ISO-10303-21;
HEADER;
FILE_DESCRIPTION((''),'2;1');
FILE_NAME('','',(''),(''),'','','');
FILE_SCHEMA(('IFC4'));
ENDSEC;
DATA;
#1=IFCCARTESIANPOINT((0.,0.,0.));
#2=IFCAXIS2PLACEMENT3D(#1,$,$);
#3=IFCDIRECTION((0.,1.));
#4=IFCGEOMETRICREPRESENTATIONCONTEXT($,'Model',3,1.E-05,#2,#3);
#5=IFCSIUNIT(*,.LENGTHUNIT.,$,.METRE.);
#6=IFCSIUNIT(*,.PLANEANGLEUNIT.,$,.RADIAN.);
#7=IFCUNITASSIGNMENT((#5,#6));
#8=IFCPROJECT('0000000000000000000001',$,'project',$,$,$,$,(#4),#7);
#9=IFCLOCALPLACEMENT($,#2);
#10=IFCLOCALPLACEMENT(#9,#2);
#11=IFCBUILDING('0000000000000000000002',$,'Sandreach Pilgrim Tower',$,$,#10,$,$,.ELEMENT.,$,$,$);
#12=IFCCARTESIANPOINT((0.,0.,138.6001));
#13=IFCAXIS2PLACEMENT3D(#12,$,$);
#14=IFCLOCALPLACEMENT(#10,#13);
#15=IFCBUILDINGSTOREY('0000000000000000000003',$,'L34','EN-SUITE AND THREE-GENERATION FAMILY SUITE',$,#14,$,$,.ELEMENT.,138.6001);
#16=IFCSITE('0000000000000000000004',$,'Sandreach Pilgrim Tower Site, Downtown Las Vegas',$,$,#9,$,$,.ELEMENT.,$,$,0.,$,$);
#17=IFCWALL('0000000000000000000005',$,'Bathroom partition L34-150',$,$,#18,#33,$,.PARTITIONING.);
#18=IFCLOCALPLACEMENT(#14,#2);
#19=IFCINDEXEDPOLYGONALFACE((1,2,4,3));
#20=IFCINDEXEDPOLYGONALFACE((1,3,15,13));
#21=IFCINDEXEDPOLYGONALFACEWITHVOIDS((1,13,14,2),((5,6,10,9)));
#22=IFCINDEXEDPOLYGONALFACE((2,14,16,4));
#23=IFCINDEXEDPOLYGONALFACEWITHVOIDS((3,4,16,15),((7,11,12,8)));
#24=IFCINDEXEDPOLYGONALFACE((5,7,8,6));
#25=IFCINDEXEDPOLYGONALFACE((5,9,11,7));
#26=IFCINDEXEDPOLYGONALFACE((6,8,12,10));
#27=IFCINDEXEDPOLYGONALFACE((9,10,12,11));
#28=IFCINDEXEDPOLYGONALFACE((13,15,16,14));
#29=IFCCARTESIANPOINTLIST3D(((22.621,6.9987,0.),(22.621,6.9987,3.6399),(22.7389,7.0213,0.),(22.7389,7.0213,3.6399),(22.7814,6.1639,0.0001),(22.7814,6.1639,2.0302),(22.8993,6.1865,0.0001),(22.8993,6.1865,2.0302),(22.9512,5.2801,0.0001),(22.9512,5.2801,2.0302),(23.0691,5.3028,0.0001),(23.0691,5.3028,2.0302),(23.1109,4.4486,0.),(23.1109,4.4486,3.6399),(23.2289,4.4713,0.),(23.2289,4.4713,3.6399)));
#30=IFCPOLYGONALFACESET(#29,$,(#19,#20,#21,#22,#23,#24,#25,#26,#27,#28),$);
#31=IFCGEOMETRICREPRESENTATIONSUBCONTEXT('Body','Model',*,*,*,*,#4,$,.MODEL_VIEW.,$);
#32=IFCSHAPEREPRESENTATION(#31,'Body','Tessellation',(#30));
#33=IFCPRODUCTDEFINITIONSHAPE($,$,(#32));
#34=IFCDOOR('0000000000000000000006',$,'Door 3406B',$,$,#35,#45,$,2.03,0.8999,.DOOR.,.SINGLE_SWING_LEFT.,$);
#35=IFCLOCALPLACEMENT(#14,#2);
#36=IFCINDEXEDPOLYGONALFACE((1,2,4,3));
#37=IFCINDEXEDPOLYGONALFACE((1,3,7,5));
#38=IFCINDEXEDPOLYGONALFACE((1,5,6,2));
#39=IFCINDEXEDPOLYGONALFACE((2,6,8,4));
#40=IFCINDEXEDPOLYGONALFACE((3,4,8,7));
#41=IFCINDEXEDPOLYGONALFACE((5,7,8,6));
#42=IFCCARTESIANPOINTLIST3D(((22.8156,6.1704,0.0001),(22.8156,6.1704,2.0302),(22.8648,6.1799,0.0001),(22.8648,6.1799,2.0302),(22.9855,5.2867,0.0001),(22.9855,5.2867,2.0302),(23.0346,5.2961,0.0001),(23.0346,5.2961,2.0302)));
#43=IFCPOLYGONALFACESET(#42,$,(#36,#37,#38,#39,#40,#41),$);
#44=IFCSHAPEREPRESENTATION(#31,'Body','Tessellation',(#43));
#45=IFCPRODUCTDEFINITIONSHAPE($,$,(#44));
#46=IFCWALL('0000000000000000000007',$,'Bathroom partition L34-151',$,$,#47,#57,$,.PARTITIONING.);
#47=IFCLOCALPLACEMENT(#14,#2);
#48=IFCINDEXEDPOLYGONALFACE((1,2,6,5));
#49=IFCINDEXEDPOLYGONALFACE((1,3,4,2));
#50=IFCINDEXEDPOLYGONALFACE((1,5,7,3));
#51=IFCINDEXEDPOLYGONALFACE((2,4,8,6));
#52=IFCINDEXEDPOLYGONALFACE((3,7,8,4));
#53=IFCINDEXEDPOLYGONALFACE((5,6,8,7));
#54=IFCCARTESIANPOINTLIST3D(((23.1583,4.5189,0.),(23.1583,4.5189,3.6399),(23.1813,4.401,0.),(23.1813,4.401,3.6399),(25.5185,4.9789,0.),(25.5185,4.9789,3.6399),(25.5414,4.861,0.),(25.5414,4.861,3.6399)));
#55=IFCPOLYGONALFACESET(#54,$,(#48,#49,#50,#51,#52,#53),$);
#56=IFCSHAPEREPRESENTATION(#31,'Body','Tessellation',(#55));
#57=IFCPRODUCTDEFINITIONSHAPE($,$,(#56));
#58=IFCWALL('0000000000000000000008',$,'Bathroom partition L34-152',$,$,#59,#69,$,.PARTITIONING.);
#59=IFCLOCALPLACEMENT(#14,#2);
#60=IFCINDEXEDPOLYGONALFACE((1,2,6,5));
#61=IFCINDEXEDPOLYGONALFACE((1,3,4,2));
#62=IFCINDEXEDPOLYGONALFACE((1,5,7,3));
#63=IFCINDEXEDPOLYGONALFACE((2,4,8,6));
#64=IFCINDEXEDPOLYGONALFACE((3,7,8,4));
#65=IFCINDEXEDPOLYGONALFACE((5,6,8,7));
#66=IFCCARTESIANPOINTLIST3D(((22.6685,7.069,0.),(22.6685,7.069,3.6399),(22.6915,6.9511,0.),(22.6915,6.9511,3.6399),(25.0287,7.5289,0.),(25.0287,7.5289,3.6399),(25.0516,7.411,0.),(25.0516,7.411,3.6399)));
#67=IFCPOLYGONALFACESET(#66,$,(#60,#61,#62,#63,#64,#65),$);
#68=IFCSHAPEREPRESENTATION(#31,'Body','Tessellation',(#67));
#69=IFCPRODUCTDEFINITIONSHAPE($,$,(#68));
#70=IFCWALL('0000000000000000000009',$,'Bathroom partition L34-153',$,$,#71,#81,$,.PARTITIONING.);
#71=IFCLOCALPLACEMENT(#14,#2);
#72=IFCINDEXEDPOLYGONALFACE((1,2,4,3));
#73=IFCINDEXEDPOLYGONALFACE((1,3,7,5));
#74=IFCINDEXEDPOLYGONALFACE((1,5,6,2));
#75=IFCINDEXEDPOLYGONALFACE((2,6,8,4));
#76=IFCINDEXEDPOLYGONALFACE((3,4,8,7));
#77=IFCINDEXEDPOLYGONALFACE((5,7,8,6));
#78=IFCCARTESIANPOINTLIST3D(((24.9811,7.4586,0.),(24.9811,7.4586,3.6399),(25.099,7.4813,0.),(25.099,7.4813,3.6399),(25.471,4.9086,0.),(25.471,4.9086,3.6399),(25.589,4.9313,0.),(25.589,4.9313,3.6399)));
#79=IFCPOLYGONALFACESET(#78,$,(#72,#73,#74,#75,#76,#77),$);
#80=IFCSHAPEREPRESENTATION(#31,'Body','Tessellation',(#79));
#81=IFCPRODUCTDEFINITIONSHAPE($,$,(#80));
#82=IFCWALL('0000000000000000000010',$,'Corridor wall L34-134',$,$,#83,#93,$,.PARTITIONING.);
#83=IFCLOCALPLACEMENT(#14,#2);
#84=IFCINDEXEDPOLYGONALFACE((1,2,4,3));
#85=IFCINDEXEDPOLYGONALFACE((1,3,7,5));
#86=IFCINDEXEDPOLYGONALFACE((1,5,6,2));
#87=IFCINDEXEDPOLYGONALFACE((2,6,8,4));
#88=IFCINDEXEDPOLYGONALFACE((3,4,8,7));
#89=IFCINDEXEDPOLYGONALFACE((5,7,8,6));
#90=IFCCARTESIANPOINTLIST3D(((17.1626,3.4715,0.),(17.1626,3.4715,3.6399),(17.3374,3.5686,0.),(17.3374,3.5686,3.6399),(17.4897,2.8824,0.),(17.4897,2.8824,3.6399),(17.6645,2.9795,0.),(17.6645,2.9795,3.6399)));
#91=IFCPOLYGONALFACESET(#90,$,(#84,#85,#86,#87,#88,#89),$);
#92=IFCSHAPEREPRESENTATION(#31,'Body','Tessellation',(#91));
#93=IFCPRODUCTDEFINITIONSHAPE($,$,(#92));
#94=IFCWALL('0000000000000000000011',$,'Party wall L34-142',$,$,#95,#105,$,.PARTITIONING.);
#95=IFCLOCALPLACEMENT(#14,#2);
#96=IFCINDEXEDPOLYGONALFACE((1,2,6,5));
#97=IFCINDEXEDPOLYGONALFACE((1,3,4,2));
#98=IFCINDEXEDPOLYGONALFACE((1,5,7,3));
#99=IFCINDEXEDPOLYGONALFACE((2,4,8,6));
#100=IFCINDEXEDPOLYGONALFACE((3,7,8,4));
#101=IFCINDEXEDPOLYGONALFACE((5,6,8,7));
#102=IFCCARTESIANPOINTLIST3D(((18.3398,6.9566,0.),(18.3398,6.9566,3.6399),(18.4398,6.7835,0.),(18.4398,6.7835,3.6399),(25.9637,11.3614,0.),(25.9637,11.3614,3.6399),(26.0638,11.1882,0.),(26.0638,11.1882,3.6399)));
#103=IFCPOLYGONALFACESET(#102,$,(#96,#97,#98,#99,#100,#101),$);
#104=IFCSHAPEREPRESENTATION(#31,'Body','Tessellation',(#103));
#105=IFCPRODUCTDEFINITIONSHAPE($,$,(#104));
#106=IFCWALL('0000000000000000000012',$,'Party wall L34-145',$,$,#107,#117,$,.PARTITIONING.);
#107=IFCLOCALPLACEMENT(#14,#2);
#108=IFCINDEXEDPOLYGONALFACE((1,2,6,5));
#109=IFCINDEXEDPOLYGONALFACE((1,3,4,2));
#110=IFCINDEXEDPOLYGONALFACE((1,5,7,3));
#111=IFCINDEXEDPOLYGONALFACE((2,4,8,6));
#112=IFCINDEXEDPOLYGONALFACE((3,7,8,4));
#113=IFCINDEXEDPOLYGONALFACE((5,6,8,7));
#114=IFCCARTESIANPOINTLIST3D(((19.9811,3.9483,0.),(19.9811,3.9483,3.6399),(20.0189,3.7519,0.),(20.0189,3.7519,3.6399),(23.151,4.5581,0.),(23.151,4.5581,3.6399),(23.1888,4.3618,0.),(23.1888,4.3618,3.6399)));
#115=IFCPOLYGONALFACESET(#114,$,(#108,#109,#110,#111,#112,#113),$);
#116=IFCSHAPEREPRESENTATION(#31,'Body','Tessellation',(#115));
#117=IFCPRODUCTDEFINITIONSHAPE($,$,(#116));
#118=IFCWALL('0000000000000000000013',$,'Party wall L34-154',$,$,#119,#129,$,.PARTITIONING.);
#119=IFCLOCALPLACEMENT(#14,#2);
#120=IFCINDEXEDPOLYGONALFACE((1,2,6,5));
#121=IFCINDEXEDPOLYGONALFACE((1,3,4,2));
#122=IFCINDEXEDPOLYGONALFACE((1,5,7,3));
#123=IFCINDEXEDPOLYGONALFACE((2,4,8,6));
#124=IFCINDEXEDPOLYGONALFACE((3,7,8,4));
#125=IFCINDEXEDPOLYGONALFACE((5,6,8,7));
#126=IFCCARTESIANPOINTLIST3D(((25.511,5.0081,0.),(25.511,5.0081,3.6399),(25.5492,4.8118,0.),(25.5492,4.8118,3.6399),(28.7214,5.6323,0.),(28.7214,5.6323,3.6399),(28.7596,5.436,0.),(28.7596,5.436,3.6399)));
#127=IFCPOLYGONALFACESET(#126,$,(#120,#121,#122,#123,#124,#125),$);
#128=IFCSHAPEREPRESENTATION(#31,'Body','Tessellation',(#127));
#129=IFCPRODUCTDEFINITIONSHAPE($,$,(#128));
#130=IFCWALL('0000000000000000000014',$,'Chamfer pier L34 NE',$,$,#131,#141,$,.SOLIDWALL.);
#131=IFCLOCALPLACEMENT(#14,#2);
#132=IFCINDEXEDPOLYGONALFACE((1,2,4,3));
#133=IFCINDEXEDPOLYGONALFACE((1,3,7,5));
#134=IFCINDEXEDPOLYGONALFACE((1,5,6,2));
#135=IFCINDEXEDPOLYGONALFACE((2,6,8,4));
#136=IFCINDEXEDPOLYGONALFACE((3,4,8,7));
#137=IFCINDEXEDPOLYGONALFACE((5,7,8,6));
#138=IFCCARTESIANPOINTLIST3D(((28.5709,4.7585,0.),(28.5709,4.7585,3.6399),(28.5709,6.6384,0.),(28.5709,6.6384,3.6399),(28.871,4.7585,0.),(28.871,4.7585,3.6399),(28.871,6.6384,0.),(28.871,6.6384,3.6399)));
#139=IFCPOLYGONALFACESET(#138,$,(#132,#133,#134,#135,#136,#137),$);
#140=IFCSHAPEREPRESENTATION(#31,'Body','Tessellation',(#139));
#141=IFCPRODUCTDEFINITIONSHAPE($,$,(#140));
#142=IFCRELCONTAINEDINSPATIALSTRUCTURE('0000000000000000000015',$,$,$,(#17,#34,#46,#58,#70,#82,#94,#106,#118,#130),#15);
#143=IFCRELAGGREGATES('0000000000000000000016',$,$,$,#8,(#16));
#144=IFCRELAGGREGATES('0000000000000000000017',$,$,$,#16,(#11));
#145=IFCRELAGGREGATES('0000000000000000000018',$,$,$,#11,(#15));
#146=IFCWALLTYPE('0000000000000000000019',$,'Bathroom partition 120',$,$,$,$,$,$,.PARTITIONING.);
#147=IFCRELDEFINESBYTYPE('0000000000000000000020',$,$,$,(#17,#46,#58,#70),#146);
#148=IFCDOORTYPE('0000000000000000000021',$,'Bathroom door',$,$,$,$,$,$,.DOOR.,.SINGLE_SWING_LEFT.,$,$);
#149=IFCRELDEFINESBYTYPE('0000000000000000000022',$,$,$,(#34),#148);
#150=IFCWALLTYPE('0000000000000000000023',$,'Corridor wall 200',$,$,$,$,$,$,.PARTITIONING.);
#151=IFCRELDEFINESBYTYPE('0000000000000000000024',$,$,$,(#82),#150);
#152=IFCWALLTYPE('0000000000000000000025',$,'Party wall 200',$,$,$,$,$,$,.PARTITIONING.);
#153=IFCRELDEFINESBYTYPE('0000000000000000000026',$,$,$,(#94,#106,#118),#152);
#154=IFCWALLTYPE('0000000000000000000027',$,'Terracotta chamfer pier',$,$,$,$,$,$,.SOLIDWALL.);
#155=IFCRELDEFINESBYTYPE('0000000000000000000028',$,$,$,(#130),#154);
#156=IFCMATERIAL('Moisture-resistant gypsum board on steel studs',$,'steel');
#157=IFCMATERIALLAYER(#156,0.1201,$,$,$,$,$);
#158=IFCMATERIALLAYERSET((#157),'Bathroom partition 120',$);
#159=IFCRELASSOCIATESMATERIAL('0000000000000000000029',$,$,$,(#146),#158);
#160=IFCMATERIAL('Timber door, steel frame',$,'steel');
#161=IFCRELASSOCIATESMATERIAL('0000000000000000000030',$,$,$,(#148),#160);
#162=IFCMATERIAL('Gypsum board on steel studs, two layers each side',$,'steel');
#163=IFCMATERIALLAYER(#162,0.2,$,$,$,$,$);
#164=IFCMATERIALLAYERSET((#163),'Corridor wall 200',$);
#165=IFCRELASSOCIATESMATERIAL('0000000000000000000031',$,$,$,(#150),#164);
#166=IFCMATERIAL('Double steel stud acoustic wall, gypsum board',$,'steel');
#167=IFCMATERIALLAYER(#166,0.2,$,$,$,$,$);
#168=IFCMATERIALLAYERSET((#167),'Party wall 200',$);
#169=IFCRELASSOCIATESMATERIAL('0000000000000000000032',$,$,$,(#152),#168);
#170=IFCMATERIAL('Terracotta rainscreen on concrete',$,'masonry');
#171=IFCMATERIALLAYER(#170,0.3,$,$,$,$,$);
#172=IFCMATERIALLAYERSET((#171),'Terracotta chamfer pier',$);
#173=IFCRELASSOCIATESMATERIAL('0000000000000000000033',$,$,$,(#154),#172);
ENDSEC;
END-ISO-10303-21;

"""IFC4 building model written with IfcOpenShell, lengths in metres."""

from ifc_helpers import new_model, si_unit, direction, frame, frame_2d, origin, place, context, subcontext, project, spatial, rectangle, extrude, material, layer, layer_set, type_object, element, fill, save


model = new_model("IFC4")

# Units and contexts
model_context = context("Model", 3, precision=1e-05, world=origin(), true_north=direction((0.0, 1.0)))
body_context = subcontext(model_context, "Body", "Model", "MODEL_VIEW")
ifc_project = project(units=[si_unit("LENGTHUNIT", "METRE"), si_unit("PLANEANGLEUNIT", "RADIAN")], contexts=[model_context])

# Site, building, storey
site_placement = place(None, origin())
site = spatial("IfcSite", under=ifc_project, at=site_placement, Name="Sandreach Pilgrim Tower Site, Downtown Las Vegas", CompositionType="ELEMENT", RefElevation=0.0)
building_placement = place(site_placement, origin())
building = spatial("IfcBuilding", under=site, at=building_placement, Name="Sandreach Pilgrim Tower", CompositionType="ELEMENT")
storey_placement = place(building_placement, frame((0.0, 0.0, 138.6001)))
storey = spatial("IfcBuildingStorey", under=building, at=storey_placement, Name="L34", Description="EN-SUITE AND THREE-GENERATION FAMILY SUITE", CompositionType="ELEMENT", Elevation=138.6001)

# Shared definitions
ifc_material_1 = material(Name="Moisture-resistant gypsum board on steel studs", Category="steel")
ifc_layer_1 = layer(ifc_material_1, 0.1201)
ifc_layer_set_1 = layer_set([ifc_layer_1], Name="Bathroom partition 120")
wall_type_1 = type_object("IfcWallType", Name="Bathroom partition 120", PredefinedType="PARTITIONING", material=ifc_layer_set_1)

# Wall, opening, door
ifc_material_2 = material(Name="Timber door, steel frame", Category="steel")
door_type = type_object("IfcDoorType", Name="Bathroom door", OperationType="SINGLE_SWING_LEFT", PredefinedType="DOOR", material=ifc_material_2)
wall_1_placement = place(storey_placement, frame((22.6799, 7.01, 0.0), z_axis=(0.0, 0.0, 1.0), x_axis=(0.188697, -0.982035, 0.0)))
wall_1 = element("IfcWall", 1, at=wall_1_placement, inside=storey, type_object=wall_type_1, Name="Bathroom partition L34-150", PredefinedType="PARTITIONING", context=body_context, shape_type="SweptSolid", body=[
    extrude(rectangle(XDim=2.5967, YDim=0.1201, at=frame_2d((1.2983, 0.0))), origin(), (0.0, 0.0, 1.0), 3.6399),
])
opening_1_placement = place(wall_1_placement, frame((0.8501, 0.0, 0.0)))
opening_1 = element("IfcOpeningElement", 2, at=opening_1_placement, cuts=wall_1, PredefinedType="OPENING", context=body_context, shape_type="SweptSolid", body=[
    extrude(rectangle(XDim=0.8999, YDim=2.03, at=frame_2d((0.45, 1.0151))), frame((0.0, 0.0601, 0.0), z_axis=(0.0, -1.0, 0.0), x_axis=(1.0, 0.0, 0.0)), (0.0, 0.0, 1.0), 0.1201),
])
door_1_placement = place(opening_1_placement, origin())
door_1 = element("IfcDoor", 3, at=door_1_placement, inside=storey, type_object=door_type, Name="Door 3406B", OperationType="SINGLE_SWING_LEFT", OverallHeight=2.03, OverallWidth=0.8999, PredefinedType="DOOR", context=body_context, shape_type="SweptSolid", body=[
    extrude(rectangle(XDim=0.8999, YDim=2.03, at=frame_2d((0.45, 1.0151))), frame((0.0, 0.0249, 0.0), z_axis=(0.0, -1.0, 0.0), x_axis=(1.0, 0.0, 0.0)), (0.0, 0.0, 1.0), 0.05),
])
fill(opening_1, door_1)

# Walls
for number, where, z_axis, x_axis, name in (
    (4, (23.1699, 4.46, 0.0), (0.0, 0.0, 1.0), (0.981533, 0.191291, 0.0), "Bathroom partition L34-151"),
    (5, (25.04, 7.47, 0.0), (0.0, 0.0, 1.0), (-0.981533, -0.191291, 0.0), "Bathroom partition L34-152"),
):
    element("IfcWall", number, at=place(storey_placement, frame(where, z_axis=z_axis, x_axis=x_axis)), inside=storey, type_object=wall_type_1, Name=name, PredefinedType="PARTITIONING", context=body_context, shape_type="SweptSolid", body=[
        extrude(rectangle(XDim=2.4045, YDim=0.1201, at=frame_2d((1.2021, 0.0))), origin(), (0.0, 0.0, 1.0), 3.6399),
    ])
wall_2_placement = place(storey_placement, frame((25.53, 4.9199, 0.0), z_axis=(0.0, 0.0, 1.0), x_axis=(-0.188697, 0.982035, 0.0)))
element("IfcWall", 6, at=wall_2_placement, inside=storey, type_object=wall_type_1, Name="Bathroom partition L34-153", PredefinedType="PARTITIONING", context=body_context, shape_type="SweptSolid", body=[
    extrude(rectangle(XDim=2.5967, YDim=0.1201, at=frame_2d((1.2983, 0.0))), origin(), (0.0, 0.0, 1.0), 3.6399),
])
ifc_material_3 = material(Name="Gypsum board on steel studs, two layers each side", Category="steel")
ifc_layer_2 = layer(ifc_material_3, 0.2)
ifc_layer_set_2 = layer_set([ifc_layer_2], Name="Corridor wall 200")
wall_type_2 = type_object("IfcWallType", Name="Corridor wall 200", PredefinedType="PARTITIONING", material=ifc_layer_set_2)
wall_3_placement = place(storey_placement, frame((17.25, 3.52, 0.0), z_axis=(0.0, 0.0, 1.0), x_axis=(0.485489, -0.874243, 0.0)))
element("IfcWall", 7, at=wall_3_placement, inside=storey, type_object=wall_type_2, Name="Corridor wall L34-134", PredefinedType="PARTITIONING", context=body_context, shape_type="SweptSolid", body=[
    extrude(rectangle(XDim=0.6738, YDim=0.2, at=frame_2d((0.3369, 0.0))), origin(), (0.0, 0.0, 1.0), 3.6399),
])
ifc_material_4 = material(Name="Double steel stud acoustic wall, gypsum board", Category="steel")
ifc_layer_3 = layer(ifc_material_4, 0.2)
ifc_layer_set_3 = layer_set([ifc_layer_3], Name="Party wall 200")
wall_type_3 = type_object("IfcWallType", Name="Party wall 200", PredefinedType="PARTITIONING", material=ifc_layer_set_3)
wall_4_placement = place(storey_placement, frame((18.3899, 6.8701, 0.0), z_axis=(0.0, 0.0, 1.0), x_axis=(0.865875, 0.50026, 0.0)))
element("IfcWall", 8, at=wall_4_placement, inside=storey, type_object=wall_type_3, Name="Party wall L34-142", PredefinedType="PARTITIONING", context=body_context, shape_type="SweptSolid", body=[
    extrude(rectangle(XDim=8.8049, YDim=0.2, at=frame_2d((4.4023, 0.0))), origin(), (0.0, 0.0, 1.0), 3.6399),
])
wall_5_placement = place(storey_placement, frame((20.0, 3.8501, 0.0), z_axis=(0.0, 0.0, 1.0), x_axis=(0.981991, 0.188926, 0.0)))
element("IfcWall", 9, at=wall_5_placement, inside=storey, type_object=wall_type_3, Name="Party wall L34-145", PredefinedType="PARTITIONING", context=body_context, shape_type="SweptSolid", body=[
    extrude(rectangle(XDim=3.228, YDim=0.2, at=frame_2d((1.614, 0.0))), origin(), (0.0, 0.0, 1.0), 3.6399),
])
wall_6_placement = place(storey_placement, frame((28.7405, 5.5342, 0.0), z_axis=(0.0, 0.0, 1.0), x_axis=(-0.981615, -0.190874, 0.0)))
element("IfcWall", 10, at=wall_6_placement, inside=storey, type_object=wall_type_3, Name="Party wall L34-154", PredefinedType="PARTITIONING", context=body_context, shape_type="SweptSolid", body=[
    extrude(rectangle(XDim=3.2705, YDim=0.2, at=frame_2d((1.6353, 0.0))), origin(), (0.0, 0.0, 1.0), 3.6399),
])
ifc_material_5 = material(Name="Terracotta rainscreen on concrete", Category="masonry")
ifc_layer_4 = layer(ifc_material_5, 0.3)
ifc_layer_set_4 = layer_set([ifc_layer_4], Name="Terracotta chamfer pier")
wall_type_4 = type_object("IfcWallType", Name="Terracotta chamfer pier", PredefinedType="SOLIDWALL", material=ifc_layer_set_4)
wall_7_placement = place(storey_placement, frame((28.7209, 6.6384, 0.0), z_axis=(0.0, 0.0, 1.0), x_axis=(0.0, -1.0, 0.0)))
element("IfcWall", 11, at=wall_7_placement, inside=storey, type_object=wall_type_4, Name="Chamfer pier L34 NE", PredefinedType="SOLIDWALL", context=body_context, shape_type="SweptSolid", body=[
    extrude(rectangle(XDim=1.8799, YDim=0.3, at=frame_2d((0.9399, 0.0))), origin(), (0.0, 0.0, 1.0), 3.6399),
])

save(model, "model.ifc")
